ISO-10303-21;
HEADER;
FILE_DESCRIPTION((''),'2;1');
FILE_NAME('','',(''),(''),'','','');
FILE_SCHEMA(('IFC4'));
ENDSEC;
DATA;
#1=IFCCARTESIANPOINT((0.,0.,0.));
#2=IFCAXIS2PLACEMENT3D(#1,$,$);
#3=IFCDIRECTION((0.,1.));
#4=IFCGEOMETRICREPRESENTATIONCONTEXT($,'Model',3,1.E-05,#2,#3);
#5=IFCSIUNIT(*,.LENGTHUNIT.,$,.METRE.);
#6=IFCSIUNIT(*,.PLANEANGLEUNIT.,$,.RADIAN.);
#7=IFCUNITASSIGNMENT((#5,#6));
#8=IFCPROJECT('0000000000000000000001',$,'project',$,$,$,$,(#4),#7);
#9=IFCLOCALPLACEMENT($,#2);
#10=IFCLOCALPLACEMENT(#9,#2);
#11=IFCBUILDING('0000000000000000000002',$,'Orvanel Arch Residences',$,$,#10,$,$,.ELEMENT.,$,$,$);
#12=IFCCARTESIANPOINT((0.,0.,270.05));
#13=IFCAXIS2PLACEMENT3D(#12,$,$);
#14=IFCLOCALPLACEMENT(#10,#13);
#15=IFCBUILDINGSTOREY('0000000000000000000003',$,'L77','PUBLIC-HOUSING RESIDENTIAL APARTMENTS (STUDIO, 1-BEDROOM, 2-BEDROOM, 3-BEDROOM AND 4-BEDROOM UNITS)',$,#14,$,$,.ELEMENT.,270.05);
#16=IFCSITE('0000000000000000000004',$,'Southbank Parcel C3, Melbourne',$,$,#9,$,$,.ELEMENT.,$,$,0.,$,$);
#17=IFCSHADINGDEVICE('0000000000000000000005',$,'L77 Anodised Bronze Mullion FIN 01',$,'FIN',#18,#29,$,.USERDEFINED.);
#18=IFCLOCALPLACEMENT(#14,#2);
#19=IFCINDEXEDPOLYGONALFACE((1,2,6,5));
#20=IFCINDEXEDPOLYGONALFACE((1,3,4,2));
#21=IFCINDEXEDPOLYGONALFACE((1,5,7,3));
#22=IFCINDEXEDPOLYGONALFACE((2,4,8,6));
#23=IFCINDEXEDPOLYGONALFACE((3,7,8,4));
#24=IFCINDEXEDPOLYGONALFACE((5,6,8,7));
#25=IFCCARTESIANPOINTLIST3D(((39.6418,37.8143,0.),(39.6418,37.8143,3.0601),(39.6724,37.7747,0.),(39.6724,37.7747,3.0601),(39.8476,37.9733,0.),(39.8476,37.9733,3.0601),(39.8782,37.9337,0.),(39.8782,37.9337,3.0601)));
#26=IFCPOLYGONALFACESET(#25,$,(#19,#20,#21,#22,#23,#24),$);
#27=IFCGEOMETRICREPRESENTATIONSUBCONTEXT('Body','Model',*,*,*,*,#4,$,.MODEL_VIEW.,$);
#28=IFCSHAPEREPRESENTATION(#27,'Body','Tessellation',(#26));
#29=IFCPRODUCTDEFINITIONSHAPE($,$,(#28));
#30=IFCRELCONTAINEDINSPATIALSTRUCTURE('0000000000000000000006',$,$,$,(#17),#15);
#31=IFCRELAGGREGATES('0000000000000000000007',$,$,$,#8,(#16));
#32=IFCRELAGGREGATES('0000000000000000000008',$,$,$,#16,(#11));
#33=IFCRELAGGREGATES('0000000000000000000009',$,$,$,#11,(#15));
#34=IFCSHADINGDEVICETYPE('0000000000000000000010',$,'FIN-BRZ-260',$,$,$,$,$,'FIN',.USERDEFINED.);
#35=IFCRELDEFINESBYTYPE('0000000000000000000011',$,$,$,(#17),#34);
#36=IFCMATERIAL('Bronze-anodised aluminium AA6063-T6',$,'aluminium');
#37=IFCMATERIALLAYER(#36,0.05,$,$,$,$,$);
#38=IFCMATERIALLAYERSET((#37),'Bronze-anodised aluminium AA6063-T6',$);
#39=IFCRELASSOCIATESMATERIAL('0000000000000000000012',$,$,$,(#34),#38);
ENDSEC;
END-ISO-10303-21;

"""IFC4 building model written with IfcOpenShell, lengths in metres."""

from ifc_helpers import new_model, si_unit, direction, frame, origin, origin_2d, place, context, subcontext, project, spatial, rectangle, extrude, material, layer, layer_set, type_object, element, save


model = new_model("IFC4")

# Units and contexts
model_context = context("Model", 3, precision=1e-05, world=origin(), true_north=direction((0.0, 1.0)))
body_context = subcontext(model_context, "Body", "Model", "MODEL_VIEW")
ifc_project = project(units=[si_unit("LENGTHUNIT", "METRE"), si_unit("PLANEANGLEUNIT", "RADIAN")], contexts=[model_context])

# Site, building, storey
site_placement = place(None, origin())
site = spatial("IfcSite", under=ifc_project, at=site_placement, Name="Southbank Parcel C3, Melbourne", CompositionType="ELEMENT", RefElevation=0.0)
building_placement = place(site_placement, origin())
building = spatial("IfcBuilding", under=site, at=building_placement, Name="Orvanel Arch Residences", CompositionType="ELEMENT")
storey_placement = place(building_placement, frame((0.0, 0.0, 270.05)))
storey = spatial("IfcBuildingStorey", under=building, at=storey_placement, Name="L77", Description="PUBLIC-HOUSING RESIDENTIAL APARTMENTS (STUDIO, 1-BEDROOM, 2-BEDROOM, 3-BEDROOM AND 4-BEDROOM UNITS)", CompositionType="ELEMENT", Elevation=270.05)

# Shared definitions
ifc_material_1 = material(Name="Bronze-anodised aluminium AA6063-T6", Category="aluminium")

# Shading device
ifc_layer_1 = layer(ifc_material_1, 0.05)
ifc_layer_set_1 = layer_set([ifc_layer_1], Name="Bronze-anodised aluminium AA6063-T6")
shading_device_type = type_object("IfcShadingDeviceType", Name="FIN-BRZ-260", ElementType="FIN", PredefinedType="USERDEFINED", material=ifc_layer_set_1)
shading_device_placement = place(storey_placement, frame((39.76, 37.874, 0.0), z_axis=(0.0, 0.0, 1.0), x_axis=(0.791224, 0.611527, 0.0)))
element("IfcShadingDevice", 1, at=shading_device_placement, inside=storey, type_object=shading_device_type, Name="L77 Anodised Bronze Mullion FIN 01", ObjectType="FIN", PredefinedType="USERDEFINED", context=body_context, shape_type="SweptSolid", body=[
    extrude(rectangle(XDim=0.26, YDim=0.05, at=origin_2d()), origin(), (0.0, 0.0, 1.0), 3.0601),
])

save(model, "model.ifc")
